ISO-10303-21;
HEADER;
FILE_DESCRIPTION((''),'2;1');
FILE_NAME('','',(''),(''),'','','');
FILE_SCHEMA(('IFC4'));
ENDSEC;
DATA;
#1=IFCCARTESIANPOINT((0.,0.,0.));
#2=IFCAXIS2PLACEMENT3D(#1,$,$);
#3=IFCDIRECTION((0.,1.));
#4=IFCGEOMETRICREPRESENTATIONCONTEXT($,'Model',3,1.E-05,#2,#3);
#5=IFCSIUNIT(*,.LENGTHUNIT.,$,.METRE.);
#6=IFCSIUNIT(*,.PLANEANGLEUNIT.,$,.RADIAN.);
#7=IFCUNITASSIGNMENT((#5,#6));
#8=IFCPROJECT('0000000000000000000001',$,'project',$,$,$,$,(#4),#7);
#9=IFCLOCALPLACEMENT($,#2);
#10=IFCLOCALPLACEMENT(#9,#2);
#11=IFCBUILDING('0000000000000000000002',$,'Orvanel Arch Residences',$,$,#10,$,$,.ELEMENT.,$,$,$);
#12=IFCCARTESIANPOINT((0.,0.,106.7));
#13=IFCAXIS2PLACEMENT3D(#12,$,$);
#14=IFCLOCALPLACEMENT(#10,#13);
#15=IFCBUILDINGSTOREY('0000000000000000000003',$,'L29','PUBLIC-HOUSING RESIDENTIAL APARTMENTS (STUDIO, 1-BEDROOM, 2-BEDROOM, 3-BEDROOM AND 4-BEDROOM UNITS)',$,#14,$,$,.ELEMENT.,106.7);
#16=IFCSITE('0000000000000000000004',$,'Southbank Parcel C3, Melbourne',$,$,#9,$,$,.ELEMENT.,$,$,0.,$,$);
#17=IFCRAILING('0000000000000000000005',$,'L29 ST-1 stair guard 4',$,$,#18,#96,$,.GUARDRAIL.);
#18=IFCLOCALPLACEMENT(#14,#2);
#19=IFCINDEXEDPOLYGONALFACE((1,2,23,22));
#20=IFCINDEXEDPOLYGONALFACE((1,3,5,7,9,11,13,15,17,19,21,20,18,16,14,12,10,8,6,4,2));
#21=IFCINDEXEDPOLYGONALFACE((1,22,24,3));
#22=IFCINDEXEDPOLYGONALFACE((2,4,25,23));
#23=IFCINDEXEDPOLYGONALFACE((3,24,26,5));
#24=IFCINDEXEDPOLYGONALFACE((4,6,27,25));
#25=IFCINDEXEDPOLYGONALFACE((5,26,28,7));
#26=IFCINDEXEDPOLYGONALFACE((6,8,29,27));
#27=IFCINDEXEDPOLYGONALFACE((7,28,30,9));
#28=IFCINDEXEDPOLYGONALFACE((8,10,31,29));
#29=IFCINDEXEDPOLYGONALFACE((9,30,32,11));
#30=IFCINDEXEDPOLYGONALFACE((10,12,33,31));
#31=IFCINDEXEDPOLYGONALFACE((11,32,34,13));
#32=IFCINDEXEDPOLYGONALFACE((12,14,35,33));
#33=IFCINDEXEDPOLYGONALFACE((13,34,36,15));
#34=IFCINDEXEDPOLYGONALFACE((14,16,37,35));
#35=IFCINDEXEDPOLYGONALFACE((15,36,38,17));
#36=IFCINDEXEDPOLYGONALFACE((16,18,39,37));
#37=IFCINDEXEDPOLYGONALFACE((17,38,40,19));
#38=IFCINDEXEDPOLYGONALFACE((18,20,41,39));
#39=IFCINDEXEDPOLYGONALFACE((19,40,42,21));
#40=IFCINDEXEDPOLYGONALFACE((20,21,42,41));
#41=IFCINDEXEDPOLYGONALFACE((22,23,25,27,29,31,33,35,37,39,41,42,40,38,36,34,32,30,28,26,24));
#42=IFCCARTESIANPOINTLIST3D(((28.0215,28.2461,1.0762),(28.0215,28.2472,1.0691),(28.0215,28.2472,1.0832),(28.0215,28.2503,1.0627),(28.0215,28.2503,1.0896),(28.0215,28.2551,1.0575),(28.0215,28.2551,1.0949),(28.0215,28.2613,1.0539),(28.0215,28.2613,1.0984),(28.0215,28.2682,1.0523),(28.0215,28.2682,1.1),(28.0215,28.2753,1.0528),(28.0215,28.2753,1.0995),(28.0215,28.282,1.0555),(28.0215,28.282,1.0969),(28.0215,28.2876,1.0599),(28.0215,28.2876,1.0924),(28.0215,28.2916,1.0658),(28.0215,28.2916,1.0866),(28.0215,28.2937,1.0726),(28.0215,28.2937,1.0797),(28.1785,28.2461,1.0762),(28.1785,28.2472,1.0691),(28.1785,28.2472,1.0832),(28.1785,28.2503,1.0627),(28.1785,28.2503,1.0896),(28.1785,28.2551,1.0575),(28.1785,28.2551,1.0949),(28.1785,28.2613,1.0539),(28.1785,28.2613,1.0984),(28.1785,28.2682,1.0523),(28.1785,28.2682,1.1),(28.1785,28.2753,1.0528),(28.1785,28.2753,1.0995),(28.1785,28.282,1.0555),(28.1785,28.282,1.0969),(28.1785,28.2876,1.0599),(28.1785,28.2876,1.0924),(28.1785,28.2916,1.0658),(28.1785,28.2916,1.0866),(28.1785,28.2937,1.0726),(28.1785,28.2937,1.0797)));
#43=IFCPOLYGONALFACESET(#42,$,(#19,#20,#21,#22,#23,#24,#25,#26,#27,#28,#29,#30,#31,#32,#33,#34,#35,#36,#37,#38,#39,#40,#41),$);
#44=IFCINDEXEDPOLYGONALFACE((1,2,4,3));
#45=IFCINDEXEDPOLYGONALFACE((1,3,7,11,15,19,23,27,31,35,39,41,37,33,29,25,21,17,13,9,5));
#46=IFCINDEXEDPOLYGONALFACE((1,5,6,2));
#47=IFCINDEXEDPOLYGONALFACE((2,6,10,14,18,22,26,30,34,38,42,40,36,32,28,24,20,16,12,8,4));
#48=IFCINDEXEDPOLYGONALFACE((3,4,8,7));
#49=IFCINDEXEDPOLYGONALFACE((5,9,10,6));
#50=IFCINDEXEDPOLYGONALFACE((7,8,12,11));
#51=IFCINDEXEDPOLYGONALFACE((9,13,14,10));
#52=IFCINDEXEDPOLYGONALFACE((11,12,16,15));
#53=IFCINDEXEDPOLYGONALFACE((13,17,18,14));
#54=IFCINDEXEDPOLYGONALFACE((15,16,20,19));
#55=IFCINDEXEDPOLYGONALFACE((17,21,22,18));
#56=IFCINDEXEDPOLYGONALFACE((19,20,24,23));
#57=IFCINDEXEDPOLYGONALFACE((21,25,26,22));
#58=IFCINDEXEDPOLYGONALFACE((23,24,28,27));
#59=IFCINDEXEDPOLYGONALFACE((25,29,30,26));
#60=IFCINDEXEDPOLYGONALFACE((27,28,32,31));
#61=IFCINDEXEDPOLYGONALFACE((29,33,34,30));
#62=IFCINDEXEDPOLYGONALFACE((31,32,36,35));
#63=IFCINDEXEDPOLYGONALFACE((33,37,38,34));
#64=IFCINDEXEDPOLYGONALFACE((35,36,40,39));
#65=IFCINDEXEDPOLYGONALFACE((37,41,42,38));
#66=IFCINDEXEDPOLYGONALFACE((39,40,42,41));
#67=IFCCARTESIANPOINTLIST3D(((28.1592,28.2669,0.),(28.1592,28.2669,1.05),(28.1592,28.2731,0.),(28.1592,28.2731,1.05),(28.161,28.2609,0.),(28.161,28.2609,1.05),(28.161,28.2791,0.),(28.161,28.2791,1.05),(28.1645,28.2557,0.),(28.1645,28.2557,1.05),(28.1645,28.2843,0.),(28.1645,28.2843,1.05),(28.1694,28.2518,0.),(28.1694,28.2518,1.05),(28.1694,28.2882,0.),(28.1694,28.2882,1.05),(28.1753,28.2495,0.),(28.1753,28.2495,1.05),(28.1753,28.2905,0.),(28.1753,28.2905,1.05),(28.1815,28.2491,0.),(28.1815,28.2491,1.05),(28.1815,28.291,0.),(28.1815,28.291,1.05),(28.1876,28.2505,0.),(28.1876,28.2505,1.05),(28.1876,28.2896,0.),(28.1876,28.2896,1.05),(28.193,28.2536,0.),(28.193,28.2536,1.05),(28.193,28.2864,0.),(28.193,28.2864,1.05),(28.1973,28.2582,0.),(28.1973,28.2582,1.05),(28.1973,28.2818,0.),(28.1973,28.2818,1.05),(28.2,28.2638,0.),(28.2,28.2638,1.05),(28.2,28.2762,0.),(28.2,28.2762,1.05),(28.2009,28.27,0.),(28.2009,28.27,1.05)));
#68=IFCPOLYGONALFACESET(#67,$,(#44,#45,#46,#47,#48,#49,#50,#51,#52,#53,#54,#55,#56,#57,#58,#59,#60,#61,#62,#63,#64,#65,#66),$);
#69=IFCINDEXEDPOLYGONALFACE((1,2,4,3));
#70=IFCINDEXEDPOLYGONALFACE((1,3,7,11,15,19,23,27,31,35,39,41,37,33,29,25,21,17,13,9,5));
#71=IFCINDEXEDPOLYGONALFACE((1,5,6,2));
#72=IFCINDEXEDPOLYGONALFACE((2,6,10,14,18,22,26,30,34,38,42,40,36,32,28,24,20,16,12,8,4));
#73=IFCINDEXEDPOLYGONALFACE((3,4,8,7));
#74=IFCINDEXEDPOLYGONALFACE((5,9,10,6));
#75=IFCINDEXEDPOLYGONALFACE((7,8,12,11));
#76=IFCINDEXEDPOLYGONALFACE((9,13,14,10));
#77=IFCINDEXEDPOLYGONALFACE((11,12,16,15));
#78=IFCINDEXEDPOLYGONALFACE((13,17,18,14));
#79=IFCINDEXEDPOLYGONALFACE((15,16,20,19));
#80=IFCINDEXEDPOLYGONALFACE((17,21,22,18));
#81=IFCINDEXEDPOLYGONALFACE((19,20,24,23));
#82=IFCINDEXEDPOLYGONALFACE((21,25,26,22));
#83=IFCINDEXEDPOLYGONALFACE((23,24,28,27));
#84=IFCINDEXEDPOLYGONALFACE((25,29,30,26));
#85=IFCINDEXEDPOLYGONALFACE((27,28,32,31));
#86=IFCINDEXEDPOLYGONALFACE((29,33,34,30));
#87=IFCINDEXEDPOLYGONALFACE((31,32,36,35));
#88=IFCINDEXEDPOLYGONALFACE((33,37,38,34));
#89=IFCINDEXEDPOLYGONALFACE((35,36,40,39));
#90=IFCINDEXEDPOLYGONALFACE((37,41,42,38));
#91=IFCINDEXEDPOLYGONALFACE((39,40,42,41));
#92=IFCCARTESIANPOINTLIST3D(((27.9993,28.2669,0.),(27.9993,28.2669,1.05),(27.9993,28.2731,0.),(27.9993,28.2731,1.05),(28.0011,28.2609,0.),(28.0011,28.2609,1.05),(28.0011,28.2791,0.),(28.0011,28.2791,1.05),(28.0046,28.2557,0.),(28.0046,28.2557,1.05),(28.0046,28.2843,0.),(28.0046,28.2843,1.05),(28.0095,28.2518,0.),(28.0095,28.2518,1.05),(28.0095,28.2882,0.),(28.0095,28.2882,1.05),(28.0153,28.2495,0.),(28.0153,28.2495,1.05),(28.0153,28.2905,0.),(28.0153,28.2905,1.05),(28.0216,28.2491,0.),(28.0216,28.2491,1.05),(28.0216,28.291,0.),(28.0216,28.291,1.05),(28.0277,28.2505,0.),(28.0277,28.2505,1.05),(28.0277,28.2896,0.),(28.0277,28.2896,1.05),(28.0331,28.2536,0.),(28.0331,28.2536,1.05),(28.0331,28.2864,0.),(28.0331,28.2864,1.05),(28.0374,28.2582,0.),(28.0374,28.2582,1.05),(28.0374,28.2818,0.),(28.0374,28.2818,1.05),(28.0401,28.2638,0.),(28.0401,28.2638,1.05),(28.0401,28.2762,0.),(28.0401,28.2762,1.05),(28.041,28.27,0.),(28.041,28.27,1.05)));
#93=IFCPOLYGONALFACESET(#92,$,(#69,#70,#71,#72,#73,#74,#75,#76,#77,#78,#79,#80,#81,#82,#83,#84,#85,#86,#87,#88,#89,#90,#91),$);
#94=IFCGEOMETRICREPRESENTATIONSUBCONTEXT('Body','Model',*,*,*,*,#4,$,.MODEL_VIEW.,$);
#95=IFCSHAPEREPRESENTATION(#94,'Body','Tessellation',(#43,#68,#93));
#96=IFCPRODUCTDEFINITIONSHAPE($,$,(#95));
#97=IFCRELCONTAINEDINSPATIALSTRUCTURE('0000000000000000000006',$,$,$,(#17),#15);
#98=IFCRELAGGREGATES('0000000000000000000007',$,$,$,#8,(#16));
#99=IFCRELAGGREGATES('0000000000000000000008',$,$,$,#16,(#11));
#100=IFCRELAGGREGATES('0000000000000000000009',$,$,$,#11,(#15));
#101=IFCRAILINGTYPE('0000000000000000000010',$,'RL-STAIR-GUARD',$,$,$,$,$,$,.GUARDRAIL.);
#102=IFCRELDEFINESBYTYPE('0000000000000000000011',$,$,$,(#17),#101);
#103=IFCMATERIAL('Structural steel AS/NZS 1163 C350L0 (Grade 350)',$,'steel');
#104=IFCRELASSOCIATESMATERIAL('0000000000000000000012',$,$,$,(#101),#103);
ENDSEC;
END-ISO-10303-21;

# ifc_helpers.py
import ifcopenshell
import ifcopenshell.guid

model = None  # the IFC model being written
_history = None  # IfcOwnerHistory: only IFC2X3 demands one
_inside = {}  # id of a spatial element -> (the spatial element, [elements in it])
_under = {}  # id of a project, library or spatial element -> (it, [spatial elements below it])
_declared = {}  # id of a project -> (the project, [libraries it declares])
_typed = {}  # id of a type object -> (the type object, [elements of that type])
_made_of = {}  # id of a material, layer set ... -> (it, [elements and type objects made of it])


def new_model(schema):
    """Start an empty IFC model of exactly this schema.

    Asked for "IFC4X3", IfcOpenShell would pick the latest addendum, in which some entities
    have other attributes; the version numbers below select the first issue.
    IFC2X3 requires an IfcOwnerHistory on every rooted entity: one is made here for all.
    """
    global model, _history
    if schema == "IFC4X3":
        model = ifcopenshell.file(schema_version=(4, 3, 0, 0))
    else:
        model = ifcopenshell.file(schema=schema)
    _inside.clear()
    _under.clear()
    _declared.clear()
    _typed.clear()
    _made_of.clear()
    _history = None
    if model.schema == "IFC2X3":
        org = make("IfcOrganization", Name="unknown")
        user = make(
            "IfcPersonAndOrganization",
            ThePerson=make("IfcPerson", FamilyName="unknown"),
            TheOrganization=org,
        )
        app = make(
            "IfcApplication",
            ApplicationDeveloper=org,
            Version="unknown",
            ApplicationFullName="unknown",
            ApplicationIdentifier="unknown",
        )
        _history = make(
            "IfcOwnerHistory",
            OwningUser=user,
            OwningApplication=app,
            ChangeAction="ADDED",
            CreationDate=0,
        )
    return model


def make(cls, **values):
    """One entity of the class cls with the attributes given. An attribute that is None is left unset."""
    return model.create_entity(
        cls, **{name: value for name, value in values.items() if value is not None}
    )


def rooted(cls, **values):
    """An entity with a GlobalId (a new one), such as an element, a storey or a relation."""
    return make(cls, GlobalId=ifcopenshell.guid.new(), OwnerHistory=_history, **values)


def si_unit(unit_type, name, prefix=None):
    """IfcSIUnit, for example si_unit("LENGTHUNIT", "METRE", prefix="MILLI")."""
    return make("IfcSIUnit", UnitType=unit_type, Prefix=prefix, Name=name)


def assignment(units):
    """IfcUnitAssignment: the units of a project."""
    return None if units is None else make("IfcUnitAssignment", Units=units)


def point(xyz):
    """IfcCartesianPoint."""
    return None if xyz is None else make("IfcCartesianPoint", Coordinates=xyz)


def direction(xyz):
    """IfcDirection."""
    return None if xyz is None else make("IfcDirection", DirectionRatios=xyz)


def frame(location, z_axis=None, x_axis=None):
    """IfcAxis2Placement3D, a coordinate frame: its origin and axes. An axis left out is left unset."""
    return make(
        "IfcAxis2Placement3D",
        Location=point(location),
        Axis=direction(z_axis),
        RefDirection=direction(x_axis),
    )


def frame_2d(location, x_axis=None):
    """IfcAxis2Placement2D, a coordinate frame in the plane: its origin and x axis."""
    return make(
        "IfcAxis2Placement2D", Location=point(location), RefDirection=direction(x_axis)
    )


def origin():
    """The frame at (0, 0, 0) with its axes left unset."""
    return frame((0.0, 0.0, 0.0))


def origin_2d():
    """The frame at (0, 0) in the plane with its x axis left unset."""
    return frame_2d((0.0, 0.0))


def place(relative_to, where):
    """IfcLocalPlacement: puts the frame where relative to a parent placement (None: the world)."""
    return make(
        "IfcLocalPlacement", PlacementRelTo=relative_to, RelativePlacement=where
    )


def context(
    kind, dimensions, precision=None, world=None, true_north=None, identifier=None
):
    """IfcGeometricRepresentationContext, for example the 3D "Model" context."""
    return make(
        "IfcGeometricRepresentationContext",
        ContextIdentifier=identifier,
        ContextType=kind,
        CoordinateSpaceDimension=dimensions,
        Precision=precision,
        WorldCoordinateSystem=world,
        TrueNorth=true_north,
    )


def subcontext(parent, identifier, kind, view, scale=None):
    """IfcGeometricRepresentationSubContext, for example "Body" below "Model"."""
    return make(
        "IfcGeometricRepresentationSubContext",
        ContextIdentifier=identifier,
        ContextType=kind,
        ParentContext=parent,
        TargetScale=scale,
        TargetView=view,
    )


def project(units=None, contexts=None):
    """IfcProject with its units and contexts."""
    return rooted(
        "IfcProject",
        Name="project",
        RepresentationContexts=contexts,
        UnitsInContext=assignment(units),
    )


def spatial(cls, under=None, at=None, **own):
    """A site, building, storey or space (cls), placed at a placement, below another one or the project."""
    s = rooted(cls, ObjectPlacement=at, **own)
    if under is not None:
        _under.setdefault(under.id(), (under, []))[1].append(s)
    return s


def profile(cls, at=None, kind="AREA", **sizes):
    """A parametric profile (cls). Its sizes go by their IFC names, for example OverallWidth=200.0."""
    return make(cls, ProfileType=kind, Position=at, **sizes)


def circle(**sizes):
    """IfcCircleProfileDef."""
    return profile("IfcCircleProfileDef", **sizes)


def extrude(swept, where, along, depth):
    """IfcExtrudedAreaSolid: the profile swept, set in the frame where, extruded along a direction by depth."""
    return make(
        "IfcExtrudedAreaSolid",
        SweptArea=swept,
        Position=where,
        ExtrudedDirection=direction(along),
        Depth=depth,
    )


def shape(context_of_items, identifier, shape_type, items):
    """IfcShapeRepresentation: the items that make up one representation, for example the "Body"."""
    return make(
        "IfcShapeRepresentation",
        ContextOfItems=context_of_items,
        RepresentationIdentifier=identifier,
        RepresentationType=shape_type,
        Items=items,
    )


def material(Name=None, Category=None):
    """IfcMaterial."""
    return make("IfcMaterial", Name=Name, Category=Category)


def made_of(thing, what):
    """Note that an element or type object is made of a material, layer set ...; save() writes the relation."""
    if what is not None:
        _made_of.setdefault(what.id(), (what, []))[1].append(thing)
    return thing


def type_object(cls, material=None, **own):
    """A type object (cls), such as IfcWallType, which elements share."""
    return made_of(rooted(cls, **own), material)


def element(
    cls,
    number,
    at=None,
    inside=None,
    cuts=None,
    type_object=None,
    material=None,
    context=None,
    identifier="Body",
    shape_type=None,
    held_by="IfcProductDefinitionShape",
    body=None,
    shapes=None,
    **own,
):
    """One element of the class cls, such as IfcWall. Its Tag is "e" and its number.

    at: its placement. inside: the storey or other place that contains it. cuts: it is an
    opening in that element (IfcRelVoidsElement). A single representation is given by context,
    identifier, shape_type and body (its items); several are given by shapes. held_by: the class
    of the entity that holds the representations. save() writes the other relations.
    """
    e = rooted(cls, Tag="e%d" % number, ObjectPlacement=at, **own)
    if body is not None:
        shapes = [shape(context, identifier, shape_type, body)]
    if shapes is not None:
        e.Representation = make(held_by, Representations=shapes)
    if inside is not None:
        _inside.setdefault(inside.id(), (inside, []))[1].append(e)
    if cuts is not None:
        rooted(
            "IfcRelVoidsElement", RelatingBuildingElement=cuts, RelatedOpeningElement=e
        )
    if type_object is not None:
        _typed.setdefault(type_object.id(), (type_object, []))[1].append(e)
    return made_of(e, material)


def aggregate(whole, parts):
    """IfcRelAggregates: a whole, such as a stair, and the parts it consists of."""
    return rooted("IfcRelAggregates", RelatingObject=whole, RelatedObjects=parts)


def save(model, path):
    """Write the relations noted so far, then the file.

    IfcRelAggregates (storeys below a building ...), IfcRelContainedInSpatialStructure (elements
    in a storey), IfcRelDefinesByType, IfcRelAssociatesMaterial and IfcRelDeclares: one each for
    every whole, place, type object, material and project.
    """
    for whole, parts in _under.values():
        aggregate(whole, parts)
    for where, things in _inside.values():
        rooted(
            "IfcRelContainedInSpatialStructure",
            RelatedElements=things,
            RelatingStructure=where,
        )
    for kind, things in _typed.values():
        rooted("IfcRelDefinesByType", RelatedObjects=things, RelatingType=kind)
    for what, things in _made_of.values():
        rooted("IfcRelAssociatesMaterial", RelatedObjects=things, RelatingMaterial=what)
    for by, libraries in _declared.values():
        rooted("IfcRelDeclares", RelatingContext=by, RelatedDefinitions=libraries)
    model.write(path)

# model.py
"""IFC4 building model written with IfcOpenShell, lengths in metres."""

from ifc_helpers import new_model, si_unit, direction, frame, origin, origin_2d, place, context, subcontext, project, spatial, circle, extrude, material, type_object, element, save


model = new_model("IFC4")

# Units and contexts
model_context = context("Model", 3, precision=1e-05, world=origin(), true_north=direction((0.0, 1.0)))
body_context = subcontext(model_context, "Body", "Model", "MODEL_VIEW")
ifc_project = project(units=[si_unit("LENGTHUNIT", "METRE"), si_unit("PLANEANGLEUNIT", "RADIAN")], contexts=[model_context])

# Site, building, storey
site_placement = place(None, origin())
site = spatial("IfcSite", under=ifc_project, at=site_placement, Name="Southbank Parcel C3, Melbourne", CompositionType="ELEMENT", RefElevation=0.0)
building_placement = place(site_placement, origin())
building = spatial("IfcBuilding", under=site, at=building_placement, Name="Orvanel Arch Residences", CompositionType="ELEMENT")
storey_placement = place(building_placement, frame((0.0, 0.0, 106.7)))
storey = spatial("IfcBuildingStorey", under=building, at=storey_placement, Name="L29", Description="PUBLIC-HOUSING RESIDENTIAL APARTMENTS (STUDIO, 1-BEDROOM, 2-BEDROOM, 3-BEDROOM AND 4-BEDROOM UNITS)", CompositionType="ELEMENT", Elevation=106.7)

# Railing
ifc_material_1 = material(Name="Structural steel AS/NZS 1163 C350L0 (Grade 350)", Category="steel")
railing_type_1 = type_object("IfcRailingType", Name="RL-STAIR-GUARD", PredefinedType="GUARDRAIL", material=ifc_material_1)
railing_1_placement = place(storey_placement, frame((28.1799, 28.27, 0.0)))
element("IfcRailing", 1, at=railing_1_placement, inside=storey, type_object=railing_type_1, Name="L29 ST-1 stair guard 4", PredefinedType="GUARDRAIL", context=body_context, shape_type="SweptSolid", body=[
    extrude(circle(Radius=0.0239, at=origin_2d()), frame((-0.0015, 0.0, 1.0762), z_axis=(-1.0, 0.0, 0.0), x_axis=(0.0, -1.0, 0.0)), (0.0, 0.0, 1.0), 0.157),
    extrude(circle(Radius=0.021, at=origin_2d()), origin(), (0.0, 0.0, 1.0), 1.05),
    extrude(circle(Radius=0.021, at=origin_2d()), frame((-0.1599, 0.0, 0.0)), (0.0, 0.0, 1.0), 1.05),
])

save(model, "model.ifc")
